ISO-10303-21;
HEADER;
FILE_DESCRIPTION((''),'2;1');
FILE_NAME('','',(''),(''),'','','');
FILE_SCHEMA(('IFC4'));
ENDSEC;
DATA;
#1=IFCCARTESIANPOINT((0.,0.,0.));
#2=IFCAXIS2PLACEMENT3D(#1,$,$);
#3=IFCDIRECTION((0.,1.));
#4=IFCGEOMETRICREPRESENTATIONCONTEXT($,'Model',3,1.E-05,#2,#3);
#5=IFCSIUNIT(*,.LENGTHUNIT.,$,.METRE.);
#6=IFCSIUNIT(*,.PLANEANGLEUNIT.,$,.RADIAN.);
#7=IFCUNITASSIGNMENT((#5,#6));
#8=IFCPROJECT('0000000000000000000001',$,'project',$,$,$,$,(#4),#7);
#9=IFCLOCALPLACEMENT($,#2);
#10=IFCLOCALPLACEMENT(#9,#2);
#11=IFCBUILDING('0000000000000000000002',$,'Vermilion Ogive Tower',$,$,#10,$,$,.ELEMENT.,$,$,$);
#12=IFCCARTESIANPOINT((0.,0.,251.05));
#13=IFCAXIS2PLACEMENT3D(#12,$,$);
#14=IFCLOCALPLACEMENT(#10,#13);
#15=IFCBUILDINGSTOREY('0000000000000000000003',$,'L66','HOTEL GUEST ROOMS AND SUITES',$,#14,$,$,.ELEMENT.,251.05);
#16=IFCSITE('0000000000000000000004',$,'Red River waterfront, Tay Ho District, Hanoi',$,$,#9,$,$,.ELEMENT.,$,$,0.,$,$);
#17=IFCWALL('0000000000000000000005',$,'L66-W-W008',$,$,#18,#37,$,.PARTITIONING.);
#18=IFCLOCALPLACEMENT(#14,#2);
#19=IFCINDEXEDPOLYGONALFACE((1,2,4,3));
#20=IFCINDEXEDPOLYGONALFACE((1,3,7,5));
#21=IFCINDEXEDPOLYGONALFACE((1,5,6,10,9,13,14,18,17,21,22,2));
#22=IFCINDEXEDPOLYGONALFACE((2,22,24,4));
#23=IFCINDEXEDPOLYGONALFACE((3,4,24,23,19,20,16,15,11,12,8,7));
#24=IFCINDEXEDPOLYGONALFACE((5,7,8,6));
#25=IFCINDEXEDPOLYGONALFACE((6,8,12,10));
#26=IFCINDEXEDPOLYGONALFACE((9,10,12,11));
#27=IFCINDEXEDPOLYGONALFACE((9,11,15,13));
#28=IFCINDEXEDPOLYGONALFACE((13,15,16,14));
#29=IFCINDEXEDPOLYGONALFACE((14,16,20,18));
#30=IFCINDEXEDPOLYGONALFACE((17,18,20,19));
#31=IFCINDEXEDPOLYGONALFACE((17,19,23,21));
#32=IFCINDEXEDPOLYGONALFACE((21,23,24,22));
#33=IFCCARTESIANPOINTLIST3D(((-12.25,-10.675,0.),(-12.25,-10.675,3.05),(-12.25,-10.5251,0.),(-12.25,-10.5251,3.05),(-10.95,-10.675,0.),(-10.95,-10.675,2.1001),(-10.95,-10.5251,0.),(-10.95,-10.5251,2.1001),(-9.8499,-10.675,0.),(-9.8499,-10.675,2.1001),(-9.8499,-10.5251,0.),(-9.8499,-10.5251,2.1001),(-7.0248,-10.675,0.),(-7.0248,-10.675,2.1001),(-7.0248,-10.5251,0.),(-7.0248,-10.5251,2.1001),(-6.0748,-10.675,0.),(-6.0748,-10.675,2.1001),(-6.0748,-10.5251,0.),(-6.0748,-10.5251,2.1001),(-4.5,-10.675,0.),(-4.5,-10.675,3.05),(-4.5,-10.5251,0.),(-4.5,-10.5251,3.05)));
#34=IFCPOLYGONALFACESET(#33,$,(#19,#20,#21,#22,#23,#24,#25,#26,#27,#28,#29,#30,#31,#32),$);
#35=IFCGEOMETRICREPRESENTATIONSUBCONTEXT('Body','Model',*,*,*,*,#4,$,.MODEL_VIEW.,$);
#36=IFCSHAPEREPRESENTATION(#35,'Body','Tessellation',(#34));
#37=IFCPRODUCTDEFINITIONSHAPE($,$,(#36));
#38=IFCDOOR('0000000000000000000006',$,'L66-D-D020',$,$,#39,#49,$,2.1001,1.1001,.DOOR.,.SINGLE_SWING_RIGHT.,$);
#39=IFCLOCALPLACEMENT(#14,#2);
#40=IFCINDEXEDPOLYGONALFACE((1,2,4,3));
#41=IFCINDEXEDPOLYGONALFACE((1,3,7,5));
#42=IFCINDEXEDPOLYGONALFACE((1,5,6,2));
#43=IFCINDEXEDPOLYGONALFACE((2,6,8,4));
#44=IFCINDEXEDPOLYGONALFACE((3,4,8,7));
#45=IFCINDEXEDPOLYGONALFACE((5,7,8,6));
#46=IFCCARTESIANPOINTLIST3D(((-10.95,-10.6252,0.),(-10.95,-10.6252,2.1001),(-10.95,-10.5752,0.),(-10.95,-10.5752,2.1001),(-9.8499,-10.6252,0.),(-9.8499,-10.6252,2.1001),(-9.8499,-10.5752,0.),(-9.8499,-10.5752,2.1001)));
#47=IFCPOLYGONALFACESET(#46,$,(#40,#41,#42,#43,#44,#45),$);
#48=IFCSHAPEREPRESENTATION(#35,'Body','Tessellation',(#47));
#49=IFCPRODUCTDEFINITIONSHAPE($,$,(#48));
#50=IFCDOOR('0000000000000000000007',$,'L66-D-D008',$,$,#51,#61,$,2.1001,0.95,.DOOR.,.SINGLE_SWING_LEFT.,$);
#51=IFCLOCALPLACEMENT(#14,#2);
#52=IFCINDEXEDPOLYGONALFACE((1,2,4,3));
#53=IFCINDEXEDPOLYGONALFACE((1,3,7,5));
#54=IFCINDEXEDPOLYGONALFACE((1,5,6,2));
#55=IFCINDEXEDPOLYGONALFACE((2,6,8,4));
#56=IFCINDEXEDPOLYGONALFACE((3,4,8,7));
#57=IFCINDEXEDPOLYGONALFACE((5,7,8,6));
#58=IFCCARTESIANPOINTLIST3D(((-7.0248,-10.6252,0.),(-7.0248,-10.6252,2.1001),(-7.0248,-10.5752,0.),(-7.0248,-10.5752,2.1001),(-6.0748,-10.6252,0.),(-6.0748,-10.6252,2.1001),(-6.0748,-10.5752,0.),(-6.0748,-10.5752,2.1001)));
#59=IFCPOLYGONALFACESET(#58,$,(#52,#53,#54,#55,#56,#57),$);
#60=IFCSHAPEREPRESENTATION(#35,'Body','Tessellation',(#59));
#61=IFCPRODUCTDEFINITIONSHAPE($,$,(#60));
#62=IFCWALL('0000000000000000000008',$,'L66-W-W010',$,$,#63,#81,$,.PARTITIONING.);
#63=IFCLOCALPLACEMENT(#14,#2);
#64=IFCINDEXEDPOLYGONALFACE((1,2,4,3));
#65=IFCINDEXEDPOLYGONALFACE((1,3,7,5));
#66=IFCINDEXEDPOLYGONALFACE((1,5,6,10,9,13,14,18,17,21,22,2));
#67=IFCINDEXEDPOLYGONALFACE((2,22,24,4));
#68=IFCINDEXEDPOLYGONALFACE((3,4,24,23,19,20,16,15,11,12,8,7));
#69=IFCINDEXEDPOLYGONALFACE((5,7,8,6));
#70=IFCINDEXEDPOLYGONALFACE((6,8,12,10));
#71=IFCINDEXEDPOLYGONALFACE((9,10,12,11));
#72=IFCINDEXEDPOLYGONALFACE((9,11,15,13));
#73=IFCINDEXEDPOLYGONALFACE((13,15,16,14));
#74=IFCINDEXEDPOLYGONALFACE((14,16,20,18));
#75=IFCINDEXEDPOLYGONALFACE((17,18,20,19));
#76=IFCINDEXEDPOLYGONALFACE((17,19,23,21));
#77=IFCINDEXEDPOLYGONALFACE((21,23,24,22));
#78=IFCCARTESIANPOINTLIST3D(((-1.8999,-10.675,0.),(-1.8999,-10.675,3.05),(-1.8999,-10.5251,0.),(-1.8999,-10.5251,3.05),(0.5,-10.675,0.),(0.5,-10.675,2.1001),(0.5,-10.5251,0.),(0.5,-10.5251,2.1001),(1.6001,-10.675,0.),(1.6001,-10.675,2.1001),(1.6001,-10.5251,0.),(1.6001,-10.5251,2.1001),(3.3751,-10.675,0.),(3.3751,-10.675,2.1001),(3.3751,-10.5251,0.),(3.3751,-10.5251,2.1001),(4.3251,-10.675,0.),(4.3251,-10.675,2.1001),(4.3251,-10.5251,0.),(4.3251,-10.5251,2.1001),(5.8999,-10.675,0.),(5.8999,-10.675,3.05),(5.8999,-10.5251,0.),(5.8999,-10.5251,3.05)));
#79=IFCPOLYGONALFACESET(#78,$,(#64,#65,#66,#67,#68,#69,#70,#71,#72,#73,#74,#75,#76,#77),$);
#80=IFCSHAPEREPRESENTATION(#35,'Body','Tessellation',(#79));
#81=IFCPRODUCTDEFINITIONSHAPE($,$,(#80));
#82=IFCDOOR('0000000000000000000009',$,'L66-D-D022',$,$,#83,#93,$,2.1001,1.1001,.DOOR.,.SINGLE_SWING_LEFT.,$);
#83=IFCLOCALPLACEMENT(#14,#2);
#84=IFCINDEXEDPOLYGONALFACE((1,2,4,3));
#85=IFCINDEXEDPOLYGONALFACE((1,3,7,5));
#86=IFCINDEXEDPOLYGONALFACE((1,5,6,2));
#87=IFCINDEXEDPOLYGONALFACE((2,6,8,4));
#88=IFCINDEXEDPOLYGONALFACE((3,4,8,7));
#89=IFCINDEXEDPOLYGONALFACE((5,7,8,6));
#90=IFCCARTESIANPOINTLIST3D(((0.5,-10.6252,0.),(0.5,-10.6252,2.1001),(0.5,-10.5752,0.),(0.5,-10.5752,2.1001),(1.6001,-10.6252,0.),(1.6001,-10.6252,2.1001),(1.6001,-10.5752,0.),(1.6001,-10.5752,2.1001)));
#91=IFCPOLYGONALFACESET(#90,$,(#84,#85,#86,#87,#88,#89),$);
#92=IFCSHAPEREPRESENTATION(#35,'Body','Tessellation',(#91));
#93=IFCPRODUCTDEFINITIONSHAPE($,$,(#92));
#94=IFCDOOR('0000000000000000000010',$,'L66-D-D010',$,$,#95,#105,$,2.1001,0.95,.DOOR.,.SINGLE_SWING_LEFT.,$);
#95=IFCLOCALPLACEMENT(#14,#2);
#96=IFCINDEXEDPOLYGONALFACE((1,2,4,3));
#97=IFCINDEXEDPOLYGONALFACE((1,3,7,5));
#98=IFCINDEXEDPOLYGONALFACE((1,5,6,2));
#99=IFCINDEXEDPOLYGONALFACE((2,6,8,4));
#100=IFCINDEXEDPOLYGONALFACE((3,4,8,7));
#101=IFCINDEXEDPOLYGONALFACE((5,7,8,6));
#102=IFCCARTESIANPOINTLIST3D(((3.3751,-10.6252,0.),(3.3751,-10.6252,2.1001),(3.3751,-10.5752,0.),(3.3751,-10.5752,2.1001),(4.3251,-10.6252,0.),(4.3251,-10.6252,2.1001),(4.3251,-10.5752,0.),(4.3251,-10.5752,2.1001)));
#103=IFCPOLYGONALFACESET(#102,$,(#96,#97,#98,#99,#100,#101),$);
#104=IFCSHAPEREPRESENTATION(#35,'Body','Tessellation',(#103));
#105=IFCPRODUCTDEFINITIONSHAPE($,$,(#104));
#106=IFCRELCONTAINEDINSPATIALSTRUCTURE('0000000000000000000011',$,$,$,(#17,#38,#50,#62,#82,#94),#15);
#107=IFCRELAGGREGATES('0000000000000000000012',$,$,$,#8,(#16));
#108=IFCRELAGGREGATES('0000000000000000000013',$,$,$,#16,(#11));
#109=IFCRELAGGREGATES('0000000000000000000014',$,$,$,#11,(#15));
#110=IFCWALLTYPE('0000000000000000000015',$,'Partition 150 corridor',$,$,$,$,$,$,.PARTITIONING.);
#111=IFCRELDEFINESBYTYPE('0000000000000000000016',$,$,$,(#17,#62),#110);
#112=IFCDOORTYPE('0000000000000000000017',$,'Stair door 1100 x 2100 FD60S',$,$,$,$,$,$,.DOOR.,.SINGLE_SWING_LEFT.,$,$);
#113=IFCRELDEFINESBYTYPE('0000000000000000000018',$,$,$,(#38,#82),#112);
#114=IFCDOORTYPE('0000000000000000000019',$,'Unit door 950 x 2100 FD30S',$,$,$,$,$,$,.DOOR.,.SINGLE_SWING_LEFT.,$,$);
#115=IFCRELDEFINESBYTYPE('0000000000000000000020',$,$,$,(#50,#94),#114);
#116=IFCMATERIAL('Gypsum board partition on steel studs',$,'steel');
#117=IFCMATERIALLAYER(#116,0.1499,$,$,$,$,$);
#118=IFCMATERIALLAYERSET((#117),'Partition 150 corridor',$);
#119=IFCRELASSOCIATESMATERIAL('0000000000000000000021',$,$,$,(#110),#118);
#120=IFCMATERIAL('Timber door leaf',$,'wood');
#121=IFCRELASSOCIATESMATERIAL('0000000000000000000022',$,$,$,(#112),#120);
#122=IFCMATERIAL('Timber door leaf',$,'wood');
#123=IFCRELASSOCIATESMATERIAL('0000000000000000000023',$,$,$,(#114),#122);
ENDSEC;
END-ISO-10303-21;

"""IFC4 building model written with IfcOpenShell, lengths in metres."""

from ifc_helpers import new_model, si_unit, direction, frame, frame_2d, origin, place, context, subcontext, project, spatial, rectangle, extrude, material, layer, layer_set, type_object, element, fill, save


model = new_model("IFC4")

# Units and contexts
model_context = context("Model", 3, precision=1e-05, world=origin(), true_north=direction((0.0, 1.0)))
body_context = subcontext(model_context, "Body", "Model", "MODEL_VIEW")
ifc_project = project(units=[si_unit("LENGTHUNIT", "METRE"), si_unit("PLANEANGLEUNIT", "RADIAN")], contexts=[model_context])

# Site, building, storey
site_placement = place(None, origin())
site = spatial("IfcSite", under=ifc_project, at=site_placement, Name="Red River waterfront, Tay Ho District, Hanoi", CompositionType="ELEMENT", RefElevation=0.0)
building_placement = place(site_placement, origin())
building = spatial("IfcBuilding", under=site, at=building_placement, Name="Vermilion Ogive Tower", CompositionType="ELEMENT")
storey_placement = place(building_placement, frame((0.0, 0.0, 251.05)))
storey = spatial("IfcBuildingStorey", under=building, at=storey_placement, Name="L66", Description="HOTEL GUEST ROOMS AND SUITES", CompositionType="ELEMENT", Elevation=251.05)

# Walls, openings, doors
ifc_material_1 = material(Name="Gypsum board partition on steel studs", Category="steel")
ifc_layer_1 = layer(ifc_material_1, 0.1499)
ifc_layer_set_1 = layer_set([ifc_layer_1], Name="Partition 150 corridor")
wall_type_1 = type_object("IfcWallType", Name="Partition 150 corridor", PredefinedType="PARTITIONING", material=ifc_layer_set_1)
wall_1_placement = place(storey_placement, frame((-12.25, -10.6001, 0.0), z_axis=(0.0, 0.0, 1.0), x_axis=(1.0, 0.0, 0.0)))
wall_1 = element("IfcWall", 1, at=wall_1_placement, inside=storey, type_object=wall_type_1, Name="L66-W-W008", PredefinedType="PARTITIONING", context=body_context, shape_type="SweptSolid", body=[
    extrude(rectangle(XDim=7.75, YDim=0.1499, at=frame_2d((3.875, 0.0))), origin(), (0.0, 0.0, 1.0), 3.05),
])
opening_1_placement = place(wall_1_placement, frame((5.2251, 0.0, 0.0)))
opening_1 = element("IfcOpeningElement", 2, at=opening_1_placement, cuts=wall_1, PredefinedType="OPENING", context=body_context, shape_type="SweptSolid", body=[
    extrude(rectangle(XDim=0.95, YDim=2.1001, at=frame_2d((0.4751, 1.05))), frame((0.0, 0.085, 0.0), z_axis=(0.0, -1.0, 0.0), x_axis=(1.0, 0.0, 0.0)), (0.0, 0.0, 1.0), 0.1699),
])
opening_2_placement = place(wall_1_placement, frame((1.3, 0.0, 0.0)))
opening_2 = element("IfcOpeningElement", 3, at=opening_2_placement, cuts=wall_1, PredefinedType="OPENING", context=body_context, shape_type="SweptSolid", body=[
    extrude(rectangle(XDim=1.1001, YDim=2.1001, at=frame_2d((0.55, 1.05))), frame((0.0, 0.085, 0.0), z_axis=(0.0, -1.0, 0.0), x_axis=(1.0, 0.0, 0.0)), (0.0, 0.0, 1.0), 0.1699),
])
ifc_material_2 = material(Name="Timber door leaf", Category="wood")
door_type_1 = type_object("IfcDoorType", Name="Stair door 1100 x 2100 FD60S", OperationType="SINGLE_SWING_LEFT", PredefinedType="DOOR", material=ifc_material_2)
door_1_placement = place(opening_2_placement, origin())
door_1 = element("IfcDoor", 4, at=door_1_placement, inside=storey, type_object=door_type_1, Name="L66-D-D020", OperationType="SINGLE_SWING_RIGHT", OverallHeight=2.1001, OverallWidth=1.1001, PredefinedType="DOOR", context=body_context, shape_type="SweptSolid", body=[
    extrude(rectangle(XDim=1.1001, YDim=2.1001, at=frame_2d((0.55, 1.05))), frame((0.0, 0.0249, 0.0), z_axis=(0.0, -1.0, 0.0), x_axis=(1.0, 0.0, 0.0)), (0.0, 0.0, 1.0), 0.05),
])
fill(opening_2, door_1)
ifc_material_3 = material(Name="Timber door leaf", Category="wood")
door_type_2 = type_object("IfcDoorType", Name="Unit door 950 x 2100 FD30S", OperationType="SINGLE_SWING_LEFT", PredefinedType="DOOR", material=ifc_material_3)
door_2_placement = place(opening_1_placement, origin())
door_2 = element("IfcDoor", 5, at=door_2_placement, inside=storey, type_object=door_type_2, Name="L66-D-D008", OperationType="SINGLE_SWING_LEFT", OverallHeight=2.1001, OverallWidth=0.95, PredefinedType="DOOR", context=body_context, shape_type="SweptSolid", body=[
    extrude(rectangle(XDim=0.95, YDim=2.1001, at=frame_2d((0.4751, 1.05))), frame((0.0, 0.0249, 0.0), z_axis=(0.0, -1.0, 0.0), x_axis=(1.0, 0.0, 0.0)), (0.0, 0.0, 1.0), 0.05),
])
fill(opening_1, door_2)
wall_2_placement = place(storey_placement, frame((-1.8999, -10.6001, 0.0), z_axis=(0.0, 0.0, 1.0), x_axis=(1.0, 0.0, 0.0)))
wall_2 = element("IfcWall", 6, at=wall_2_placement, inside=storey, type_object=wall_type_1, Name="L66-W-W010", PredefinedType="PARTITIONING", context=body_context, shape_type="SweptSolid", body=[
    extrude(rectangle(XDim=7.7998, YDim=0.1499, at=frame_2d((3.8999, 0.0))), origin(), (0.0, 0.0, 1.0), 3.05),
])
opening_3_placement = place(wall_2_placement, frame((5.2749, 0.0, 0.0)))
opening_3 = element("IfcOpeningElement", 7, at=opening_3_placement, cuts=wall_2, PredefinedType="OPENING", context=body_context, shape_type="SweptSolid", body=[
    extrude(rectangle(XDim=0.95, YDim=2.1001, at=frame_2d((0.4751, 1.05))), frame((0.0, 0.085, 0.0), z_axis=(0.0, -1.0, 0.0), x_axis=(1.0, 0.0, 0.0)), (0.0, 0.0, 1.0), 0.1699),
])
opening_4_placement = place(wall_2_placement, frame((2.3999, 0.0, 0.0)))
opening_4 = element("IfcOpeningElement", 8, at=opening_4_placement, cuts=wall_2, PredefinedType="OPENING", context=body_context, shape_type="SweptSolid", body=[
    extrude(rectangle(XDim=1.1001, YDim=2.1001, at=frame_2d((0.55, 1.05))), frame((0.0, 0.085, 0.0), z_axis=(0.0, -1.0, 0.0), x_axis=(1.0, 0.0, 0.0)), (0.0, 0.0, 1.0), 0.1699),
])
door_3_placement = place(opening_4_placement, origin())
door_3 = element("IfcDoor", 9, at=door_3_placement, inside=storey, type_object=door_type_1, Name="L66-D-D022", OperationType="SINGLE_SWING_LEFT", OverallHeight=2.1001, OverallWidth=1.1001, PredefinedType="DOOR", context=body_context, shape_type="SweptSolid", body=[
    extrude(rectangle(XDim=1.1001, YDim=2.1001, at=frame_2d((0.55, 1.05))), frame((0.0, 0.0249, 0.0), z_axis=(0.0, -1.0, 0.0), x_axis=(1.0, 0.0, 0.0)), (0.0, 0.0, 1.0), 0.05),
])
fill(opening_4, door_3)
door_4_placement = place(opening_3_placement, origin())
door_4 = element("IfcDoor", 10, at=door_4_placement, inside=storey, type_object=door_type_2, Name="L66-D-D010", OperationType="SINGLE_SWING_LEFT", OverallHeight=2.1001, OverallWidth=0.95, PredefinedType="DOOR", context=body_context, shape_type="SweptSolid", body=[
    extrude(rectangle(XDim=0.95, YDim=2.1001, at=frame_2d((0.4751, 1.05))), frame((0.0, 0.0249, 0.0), z_axis=(0.0, -1.0, 0.0), x_axis=(1.0, 0.0, 0.0)), (0.0, 0.0, 1.0), 0.05),
])
fill(opening_3, door_4)

save(model, "model.ifc")
